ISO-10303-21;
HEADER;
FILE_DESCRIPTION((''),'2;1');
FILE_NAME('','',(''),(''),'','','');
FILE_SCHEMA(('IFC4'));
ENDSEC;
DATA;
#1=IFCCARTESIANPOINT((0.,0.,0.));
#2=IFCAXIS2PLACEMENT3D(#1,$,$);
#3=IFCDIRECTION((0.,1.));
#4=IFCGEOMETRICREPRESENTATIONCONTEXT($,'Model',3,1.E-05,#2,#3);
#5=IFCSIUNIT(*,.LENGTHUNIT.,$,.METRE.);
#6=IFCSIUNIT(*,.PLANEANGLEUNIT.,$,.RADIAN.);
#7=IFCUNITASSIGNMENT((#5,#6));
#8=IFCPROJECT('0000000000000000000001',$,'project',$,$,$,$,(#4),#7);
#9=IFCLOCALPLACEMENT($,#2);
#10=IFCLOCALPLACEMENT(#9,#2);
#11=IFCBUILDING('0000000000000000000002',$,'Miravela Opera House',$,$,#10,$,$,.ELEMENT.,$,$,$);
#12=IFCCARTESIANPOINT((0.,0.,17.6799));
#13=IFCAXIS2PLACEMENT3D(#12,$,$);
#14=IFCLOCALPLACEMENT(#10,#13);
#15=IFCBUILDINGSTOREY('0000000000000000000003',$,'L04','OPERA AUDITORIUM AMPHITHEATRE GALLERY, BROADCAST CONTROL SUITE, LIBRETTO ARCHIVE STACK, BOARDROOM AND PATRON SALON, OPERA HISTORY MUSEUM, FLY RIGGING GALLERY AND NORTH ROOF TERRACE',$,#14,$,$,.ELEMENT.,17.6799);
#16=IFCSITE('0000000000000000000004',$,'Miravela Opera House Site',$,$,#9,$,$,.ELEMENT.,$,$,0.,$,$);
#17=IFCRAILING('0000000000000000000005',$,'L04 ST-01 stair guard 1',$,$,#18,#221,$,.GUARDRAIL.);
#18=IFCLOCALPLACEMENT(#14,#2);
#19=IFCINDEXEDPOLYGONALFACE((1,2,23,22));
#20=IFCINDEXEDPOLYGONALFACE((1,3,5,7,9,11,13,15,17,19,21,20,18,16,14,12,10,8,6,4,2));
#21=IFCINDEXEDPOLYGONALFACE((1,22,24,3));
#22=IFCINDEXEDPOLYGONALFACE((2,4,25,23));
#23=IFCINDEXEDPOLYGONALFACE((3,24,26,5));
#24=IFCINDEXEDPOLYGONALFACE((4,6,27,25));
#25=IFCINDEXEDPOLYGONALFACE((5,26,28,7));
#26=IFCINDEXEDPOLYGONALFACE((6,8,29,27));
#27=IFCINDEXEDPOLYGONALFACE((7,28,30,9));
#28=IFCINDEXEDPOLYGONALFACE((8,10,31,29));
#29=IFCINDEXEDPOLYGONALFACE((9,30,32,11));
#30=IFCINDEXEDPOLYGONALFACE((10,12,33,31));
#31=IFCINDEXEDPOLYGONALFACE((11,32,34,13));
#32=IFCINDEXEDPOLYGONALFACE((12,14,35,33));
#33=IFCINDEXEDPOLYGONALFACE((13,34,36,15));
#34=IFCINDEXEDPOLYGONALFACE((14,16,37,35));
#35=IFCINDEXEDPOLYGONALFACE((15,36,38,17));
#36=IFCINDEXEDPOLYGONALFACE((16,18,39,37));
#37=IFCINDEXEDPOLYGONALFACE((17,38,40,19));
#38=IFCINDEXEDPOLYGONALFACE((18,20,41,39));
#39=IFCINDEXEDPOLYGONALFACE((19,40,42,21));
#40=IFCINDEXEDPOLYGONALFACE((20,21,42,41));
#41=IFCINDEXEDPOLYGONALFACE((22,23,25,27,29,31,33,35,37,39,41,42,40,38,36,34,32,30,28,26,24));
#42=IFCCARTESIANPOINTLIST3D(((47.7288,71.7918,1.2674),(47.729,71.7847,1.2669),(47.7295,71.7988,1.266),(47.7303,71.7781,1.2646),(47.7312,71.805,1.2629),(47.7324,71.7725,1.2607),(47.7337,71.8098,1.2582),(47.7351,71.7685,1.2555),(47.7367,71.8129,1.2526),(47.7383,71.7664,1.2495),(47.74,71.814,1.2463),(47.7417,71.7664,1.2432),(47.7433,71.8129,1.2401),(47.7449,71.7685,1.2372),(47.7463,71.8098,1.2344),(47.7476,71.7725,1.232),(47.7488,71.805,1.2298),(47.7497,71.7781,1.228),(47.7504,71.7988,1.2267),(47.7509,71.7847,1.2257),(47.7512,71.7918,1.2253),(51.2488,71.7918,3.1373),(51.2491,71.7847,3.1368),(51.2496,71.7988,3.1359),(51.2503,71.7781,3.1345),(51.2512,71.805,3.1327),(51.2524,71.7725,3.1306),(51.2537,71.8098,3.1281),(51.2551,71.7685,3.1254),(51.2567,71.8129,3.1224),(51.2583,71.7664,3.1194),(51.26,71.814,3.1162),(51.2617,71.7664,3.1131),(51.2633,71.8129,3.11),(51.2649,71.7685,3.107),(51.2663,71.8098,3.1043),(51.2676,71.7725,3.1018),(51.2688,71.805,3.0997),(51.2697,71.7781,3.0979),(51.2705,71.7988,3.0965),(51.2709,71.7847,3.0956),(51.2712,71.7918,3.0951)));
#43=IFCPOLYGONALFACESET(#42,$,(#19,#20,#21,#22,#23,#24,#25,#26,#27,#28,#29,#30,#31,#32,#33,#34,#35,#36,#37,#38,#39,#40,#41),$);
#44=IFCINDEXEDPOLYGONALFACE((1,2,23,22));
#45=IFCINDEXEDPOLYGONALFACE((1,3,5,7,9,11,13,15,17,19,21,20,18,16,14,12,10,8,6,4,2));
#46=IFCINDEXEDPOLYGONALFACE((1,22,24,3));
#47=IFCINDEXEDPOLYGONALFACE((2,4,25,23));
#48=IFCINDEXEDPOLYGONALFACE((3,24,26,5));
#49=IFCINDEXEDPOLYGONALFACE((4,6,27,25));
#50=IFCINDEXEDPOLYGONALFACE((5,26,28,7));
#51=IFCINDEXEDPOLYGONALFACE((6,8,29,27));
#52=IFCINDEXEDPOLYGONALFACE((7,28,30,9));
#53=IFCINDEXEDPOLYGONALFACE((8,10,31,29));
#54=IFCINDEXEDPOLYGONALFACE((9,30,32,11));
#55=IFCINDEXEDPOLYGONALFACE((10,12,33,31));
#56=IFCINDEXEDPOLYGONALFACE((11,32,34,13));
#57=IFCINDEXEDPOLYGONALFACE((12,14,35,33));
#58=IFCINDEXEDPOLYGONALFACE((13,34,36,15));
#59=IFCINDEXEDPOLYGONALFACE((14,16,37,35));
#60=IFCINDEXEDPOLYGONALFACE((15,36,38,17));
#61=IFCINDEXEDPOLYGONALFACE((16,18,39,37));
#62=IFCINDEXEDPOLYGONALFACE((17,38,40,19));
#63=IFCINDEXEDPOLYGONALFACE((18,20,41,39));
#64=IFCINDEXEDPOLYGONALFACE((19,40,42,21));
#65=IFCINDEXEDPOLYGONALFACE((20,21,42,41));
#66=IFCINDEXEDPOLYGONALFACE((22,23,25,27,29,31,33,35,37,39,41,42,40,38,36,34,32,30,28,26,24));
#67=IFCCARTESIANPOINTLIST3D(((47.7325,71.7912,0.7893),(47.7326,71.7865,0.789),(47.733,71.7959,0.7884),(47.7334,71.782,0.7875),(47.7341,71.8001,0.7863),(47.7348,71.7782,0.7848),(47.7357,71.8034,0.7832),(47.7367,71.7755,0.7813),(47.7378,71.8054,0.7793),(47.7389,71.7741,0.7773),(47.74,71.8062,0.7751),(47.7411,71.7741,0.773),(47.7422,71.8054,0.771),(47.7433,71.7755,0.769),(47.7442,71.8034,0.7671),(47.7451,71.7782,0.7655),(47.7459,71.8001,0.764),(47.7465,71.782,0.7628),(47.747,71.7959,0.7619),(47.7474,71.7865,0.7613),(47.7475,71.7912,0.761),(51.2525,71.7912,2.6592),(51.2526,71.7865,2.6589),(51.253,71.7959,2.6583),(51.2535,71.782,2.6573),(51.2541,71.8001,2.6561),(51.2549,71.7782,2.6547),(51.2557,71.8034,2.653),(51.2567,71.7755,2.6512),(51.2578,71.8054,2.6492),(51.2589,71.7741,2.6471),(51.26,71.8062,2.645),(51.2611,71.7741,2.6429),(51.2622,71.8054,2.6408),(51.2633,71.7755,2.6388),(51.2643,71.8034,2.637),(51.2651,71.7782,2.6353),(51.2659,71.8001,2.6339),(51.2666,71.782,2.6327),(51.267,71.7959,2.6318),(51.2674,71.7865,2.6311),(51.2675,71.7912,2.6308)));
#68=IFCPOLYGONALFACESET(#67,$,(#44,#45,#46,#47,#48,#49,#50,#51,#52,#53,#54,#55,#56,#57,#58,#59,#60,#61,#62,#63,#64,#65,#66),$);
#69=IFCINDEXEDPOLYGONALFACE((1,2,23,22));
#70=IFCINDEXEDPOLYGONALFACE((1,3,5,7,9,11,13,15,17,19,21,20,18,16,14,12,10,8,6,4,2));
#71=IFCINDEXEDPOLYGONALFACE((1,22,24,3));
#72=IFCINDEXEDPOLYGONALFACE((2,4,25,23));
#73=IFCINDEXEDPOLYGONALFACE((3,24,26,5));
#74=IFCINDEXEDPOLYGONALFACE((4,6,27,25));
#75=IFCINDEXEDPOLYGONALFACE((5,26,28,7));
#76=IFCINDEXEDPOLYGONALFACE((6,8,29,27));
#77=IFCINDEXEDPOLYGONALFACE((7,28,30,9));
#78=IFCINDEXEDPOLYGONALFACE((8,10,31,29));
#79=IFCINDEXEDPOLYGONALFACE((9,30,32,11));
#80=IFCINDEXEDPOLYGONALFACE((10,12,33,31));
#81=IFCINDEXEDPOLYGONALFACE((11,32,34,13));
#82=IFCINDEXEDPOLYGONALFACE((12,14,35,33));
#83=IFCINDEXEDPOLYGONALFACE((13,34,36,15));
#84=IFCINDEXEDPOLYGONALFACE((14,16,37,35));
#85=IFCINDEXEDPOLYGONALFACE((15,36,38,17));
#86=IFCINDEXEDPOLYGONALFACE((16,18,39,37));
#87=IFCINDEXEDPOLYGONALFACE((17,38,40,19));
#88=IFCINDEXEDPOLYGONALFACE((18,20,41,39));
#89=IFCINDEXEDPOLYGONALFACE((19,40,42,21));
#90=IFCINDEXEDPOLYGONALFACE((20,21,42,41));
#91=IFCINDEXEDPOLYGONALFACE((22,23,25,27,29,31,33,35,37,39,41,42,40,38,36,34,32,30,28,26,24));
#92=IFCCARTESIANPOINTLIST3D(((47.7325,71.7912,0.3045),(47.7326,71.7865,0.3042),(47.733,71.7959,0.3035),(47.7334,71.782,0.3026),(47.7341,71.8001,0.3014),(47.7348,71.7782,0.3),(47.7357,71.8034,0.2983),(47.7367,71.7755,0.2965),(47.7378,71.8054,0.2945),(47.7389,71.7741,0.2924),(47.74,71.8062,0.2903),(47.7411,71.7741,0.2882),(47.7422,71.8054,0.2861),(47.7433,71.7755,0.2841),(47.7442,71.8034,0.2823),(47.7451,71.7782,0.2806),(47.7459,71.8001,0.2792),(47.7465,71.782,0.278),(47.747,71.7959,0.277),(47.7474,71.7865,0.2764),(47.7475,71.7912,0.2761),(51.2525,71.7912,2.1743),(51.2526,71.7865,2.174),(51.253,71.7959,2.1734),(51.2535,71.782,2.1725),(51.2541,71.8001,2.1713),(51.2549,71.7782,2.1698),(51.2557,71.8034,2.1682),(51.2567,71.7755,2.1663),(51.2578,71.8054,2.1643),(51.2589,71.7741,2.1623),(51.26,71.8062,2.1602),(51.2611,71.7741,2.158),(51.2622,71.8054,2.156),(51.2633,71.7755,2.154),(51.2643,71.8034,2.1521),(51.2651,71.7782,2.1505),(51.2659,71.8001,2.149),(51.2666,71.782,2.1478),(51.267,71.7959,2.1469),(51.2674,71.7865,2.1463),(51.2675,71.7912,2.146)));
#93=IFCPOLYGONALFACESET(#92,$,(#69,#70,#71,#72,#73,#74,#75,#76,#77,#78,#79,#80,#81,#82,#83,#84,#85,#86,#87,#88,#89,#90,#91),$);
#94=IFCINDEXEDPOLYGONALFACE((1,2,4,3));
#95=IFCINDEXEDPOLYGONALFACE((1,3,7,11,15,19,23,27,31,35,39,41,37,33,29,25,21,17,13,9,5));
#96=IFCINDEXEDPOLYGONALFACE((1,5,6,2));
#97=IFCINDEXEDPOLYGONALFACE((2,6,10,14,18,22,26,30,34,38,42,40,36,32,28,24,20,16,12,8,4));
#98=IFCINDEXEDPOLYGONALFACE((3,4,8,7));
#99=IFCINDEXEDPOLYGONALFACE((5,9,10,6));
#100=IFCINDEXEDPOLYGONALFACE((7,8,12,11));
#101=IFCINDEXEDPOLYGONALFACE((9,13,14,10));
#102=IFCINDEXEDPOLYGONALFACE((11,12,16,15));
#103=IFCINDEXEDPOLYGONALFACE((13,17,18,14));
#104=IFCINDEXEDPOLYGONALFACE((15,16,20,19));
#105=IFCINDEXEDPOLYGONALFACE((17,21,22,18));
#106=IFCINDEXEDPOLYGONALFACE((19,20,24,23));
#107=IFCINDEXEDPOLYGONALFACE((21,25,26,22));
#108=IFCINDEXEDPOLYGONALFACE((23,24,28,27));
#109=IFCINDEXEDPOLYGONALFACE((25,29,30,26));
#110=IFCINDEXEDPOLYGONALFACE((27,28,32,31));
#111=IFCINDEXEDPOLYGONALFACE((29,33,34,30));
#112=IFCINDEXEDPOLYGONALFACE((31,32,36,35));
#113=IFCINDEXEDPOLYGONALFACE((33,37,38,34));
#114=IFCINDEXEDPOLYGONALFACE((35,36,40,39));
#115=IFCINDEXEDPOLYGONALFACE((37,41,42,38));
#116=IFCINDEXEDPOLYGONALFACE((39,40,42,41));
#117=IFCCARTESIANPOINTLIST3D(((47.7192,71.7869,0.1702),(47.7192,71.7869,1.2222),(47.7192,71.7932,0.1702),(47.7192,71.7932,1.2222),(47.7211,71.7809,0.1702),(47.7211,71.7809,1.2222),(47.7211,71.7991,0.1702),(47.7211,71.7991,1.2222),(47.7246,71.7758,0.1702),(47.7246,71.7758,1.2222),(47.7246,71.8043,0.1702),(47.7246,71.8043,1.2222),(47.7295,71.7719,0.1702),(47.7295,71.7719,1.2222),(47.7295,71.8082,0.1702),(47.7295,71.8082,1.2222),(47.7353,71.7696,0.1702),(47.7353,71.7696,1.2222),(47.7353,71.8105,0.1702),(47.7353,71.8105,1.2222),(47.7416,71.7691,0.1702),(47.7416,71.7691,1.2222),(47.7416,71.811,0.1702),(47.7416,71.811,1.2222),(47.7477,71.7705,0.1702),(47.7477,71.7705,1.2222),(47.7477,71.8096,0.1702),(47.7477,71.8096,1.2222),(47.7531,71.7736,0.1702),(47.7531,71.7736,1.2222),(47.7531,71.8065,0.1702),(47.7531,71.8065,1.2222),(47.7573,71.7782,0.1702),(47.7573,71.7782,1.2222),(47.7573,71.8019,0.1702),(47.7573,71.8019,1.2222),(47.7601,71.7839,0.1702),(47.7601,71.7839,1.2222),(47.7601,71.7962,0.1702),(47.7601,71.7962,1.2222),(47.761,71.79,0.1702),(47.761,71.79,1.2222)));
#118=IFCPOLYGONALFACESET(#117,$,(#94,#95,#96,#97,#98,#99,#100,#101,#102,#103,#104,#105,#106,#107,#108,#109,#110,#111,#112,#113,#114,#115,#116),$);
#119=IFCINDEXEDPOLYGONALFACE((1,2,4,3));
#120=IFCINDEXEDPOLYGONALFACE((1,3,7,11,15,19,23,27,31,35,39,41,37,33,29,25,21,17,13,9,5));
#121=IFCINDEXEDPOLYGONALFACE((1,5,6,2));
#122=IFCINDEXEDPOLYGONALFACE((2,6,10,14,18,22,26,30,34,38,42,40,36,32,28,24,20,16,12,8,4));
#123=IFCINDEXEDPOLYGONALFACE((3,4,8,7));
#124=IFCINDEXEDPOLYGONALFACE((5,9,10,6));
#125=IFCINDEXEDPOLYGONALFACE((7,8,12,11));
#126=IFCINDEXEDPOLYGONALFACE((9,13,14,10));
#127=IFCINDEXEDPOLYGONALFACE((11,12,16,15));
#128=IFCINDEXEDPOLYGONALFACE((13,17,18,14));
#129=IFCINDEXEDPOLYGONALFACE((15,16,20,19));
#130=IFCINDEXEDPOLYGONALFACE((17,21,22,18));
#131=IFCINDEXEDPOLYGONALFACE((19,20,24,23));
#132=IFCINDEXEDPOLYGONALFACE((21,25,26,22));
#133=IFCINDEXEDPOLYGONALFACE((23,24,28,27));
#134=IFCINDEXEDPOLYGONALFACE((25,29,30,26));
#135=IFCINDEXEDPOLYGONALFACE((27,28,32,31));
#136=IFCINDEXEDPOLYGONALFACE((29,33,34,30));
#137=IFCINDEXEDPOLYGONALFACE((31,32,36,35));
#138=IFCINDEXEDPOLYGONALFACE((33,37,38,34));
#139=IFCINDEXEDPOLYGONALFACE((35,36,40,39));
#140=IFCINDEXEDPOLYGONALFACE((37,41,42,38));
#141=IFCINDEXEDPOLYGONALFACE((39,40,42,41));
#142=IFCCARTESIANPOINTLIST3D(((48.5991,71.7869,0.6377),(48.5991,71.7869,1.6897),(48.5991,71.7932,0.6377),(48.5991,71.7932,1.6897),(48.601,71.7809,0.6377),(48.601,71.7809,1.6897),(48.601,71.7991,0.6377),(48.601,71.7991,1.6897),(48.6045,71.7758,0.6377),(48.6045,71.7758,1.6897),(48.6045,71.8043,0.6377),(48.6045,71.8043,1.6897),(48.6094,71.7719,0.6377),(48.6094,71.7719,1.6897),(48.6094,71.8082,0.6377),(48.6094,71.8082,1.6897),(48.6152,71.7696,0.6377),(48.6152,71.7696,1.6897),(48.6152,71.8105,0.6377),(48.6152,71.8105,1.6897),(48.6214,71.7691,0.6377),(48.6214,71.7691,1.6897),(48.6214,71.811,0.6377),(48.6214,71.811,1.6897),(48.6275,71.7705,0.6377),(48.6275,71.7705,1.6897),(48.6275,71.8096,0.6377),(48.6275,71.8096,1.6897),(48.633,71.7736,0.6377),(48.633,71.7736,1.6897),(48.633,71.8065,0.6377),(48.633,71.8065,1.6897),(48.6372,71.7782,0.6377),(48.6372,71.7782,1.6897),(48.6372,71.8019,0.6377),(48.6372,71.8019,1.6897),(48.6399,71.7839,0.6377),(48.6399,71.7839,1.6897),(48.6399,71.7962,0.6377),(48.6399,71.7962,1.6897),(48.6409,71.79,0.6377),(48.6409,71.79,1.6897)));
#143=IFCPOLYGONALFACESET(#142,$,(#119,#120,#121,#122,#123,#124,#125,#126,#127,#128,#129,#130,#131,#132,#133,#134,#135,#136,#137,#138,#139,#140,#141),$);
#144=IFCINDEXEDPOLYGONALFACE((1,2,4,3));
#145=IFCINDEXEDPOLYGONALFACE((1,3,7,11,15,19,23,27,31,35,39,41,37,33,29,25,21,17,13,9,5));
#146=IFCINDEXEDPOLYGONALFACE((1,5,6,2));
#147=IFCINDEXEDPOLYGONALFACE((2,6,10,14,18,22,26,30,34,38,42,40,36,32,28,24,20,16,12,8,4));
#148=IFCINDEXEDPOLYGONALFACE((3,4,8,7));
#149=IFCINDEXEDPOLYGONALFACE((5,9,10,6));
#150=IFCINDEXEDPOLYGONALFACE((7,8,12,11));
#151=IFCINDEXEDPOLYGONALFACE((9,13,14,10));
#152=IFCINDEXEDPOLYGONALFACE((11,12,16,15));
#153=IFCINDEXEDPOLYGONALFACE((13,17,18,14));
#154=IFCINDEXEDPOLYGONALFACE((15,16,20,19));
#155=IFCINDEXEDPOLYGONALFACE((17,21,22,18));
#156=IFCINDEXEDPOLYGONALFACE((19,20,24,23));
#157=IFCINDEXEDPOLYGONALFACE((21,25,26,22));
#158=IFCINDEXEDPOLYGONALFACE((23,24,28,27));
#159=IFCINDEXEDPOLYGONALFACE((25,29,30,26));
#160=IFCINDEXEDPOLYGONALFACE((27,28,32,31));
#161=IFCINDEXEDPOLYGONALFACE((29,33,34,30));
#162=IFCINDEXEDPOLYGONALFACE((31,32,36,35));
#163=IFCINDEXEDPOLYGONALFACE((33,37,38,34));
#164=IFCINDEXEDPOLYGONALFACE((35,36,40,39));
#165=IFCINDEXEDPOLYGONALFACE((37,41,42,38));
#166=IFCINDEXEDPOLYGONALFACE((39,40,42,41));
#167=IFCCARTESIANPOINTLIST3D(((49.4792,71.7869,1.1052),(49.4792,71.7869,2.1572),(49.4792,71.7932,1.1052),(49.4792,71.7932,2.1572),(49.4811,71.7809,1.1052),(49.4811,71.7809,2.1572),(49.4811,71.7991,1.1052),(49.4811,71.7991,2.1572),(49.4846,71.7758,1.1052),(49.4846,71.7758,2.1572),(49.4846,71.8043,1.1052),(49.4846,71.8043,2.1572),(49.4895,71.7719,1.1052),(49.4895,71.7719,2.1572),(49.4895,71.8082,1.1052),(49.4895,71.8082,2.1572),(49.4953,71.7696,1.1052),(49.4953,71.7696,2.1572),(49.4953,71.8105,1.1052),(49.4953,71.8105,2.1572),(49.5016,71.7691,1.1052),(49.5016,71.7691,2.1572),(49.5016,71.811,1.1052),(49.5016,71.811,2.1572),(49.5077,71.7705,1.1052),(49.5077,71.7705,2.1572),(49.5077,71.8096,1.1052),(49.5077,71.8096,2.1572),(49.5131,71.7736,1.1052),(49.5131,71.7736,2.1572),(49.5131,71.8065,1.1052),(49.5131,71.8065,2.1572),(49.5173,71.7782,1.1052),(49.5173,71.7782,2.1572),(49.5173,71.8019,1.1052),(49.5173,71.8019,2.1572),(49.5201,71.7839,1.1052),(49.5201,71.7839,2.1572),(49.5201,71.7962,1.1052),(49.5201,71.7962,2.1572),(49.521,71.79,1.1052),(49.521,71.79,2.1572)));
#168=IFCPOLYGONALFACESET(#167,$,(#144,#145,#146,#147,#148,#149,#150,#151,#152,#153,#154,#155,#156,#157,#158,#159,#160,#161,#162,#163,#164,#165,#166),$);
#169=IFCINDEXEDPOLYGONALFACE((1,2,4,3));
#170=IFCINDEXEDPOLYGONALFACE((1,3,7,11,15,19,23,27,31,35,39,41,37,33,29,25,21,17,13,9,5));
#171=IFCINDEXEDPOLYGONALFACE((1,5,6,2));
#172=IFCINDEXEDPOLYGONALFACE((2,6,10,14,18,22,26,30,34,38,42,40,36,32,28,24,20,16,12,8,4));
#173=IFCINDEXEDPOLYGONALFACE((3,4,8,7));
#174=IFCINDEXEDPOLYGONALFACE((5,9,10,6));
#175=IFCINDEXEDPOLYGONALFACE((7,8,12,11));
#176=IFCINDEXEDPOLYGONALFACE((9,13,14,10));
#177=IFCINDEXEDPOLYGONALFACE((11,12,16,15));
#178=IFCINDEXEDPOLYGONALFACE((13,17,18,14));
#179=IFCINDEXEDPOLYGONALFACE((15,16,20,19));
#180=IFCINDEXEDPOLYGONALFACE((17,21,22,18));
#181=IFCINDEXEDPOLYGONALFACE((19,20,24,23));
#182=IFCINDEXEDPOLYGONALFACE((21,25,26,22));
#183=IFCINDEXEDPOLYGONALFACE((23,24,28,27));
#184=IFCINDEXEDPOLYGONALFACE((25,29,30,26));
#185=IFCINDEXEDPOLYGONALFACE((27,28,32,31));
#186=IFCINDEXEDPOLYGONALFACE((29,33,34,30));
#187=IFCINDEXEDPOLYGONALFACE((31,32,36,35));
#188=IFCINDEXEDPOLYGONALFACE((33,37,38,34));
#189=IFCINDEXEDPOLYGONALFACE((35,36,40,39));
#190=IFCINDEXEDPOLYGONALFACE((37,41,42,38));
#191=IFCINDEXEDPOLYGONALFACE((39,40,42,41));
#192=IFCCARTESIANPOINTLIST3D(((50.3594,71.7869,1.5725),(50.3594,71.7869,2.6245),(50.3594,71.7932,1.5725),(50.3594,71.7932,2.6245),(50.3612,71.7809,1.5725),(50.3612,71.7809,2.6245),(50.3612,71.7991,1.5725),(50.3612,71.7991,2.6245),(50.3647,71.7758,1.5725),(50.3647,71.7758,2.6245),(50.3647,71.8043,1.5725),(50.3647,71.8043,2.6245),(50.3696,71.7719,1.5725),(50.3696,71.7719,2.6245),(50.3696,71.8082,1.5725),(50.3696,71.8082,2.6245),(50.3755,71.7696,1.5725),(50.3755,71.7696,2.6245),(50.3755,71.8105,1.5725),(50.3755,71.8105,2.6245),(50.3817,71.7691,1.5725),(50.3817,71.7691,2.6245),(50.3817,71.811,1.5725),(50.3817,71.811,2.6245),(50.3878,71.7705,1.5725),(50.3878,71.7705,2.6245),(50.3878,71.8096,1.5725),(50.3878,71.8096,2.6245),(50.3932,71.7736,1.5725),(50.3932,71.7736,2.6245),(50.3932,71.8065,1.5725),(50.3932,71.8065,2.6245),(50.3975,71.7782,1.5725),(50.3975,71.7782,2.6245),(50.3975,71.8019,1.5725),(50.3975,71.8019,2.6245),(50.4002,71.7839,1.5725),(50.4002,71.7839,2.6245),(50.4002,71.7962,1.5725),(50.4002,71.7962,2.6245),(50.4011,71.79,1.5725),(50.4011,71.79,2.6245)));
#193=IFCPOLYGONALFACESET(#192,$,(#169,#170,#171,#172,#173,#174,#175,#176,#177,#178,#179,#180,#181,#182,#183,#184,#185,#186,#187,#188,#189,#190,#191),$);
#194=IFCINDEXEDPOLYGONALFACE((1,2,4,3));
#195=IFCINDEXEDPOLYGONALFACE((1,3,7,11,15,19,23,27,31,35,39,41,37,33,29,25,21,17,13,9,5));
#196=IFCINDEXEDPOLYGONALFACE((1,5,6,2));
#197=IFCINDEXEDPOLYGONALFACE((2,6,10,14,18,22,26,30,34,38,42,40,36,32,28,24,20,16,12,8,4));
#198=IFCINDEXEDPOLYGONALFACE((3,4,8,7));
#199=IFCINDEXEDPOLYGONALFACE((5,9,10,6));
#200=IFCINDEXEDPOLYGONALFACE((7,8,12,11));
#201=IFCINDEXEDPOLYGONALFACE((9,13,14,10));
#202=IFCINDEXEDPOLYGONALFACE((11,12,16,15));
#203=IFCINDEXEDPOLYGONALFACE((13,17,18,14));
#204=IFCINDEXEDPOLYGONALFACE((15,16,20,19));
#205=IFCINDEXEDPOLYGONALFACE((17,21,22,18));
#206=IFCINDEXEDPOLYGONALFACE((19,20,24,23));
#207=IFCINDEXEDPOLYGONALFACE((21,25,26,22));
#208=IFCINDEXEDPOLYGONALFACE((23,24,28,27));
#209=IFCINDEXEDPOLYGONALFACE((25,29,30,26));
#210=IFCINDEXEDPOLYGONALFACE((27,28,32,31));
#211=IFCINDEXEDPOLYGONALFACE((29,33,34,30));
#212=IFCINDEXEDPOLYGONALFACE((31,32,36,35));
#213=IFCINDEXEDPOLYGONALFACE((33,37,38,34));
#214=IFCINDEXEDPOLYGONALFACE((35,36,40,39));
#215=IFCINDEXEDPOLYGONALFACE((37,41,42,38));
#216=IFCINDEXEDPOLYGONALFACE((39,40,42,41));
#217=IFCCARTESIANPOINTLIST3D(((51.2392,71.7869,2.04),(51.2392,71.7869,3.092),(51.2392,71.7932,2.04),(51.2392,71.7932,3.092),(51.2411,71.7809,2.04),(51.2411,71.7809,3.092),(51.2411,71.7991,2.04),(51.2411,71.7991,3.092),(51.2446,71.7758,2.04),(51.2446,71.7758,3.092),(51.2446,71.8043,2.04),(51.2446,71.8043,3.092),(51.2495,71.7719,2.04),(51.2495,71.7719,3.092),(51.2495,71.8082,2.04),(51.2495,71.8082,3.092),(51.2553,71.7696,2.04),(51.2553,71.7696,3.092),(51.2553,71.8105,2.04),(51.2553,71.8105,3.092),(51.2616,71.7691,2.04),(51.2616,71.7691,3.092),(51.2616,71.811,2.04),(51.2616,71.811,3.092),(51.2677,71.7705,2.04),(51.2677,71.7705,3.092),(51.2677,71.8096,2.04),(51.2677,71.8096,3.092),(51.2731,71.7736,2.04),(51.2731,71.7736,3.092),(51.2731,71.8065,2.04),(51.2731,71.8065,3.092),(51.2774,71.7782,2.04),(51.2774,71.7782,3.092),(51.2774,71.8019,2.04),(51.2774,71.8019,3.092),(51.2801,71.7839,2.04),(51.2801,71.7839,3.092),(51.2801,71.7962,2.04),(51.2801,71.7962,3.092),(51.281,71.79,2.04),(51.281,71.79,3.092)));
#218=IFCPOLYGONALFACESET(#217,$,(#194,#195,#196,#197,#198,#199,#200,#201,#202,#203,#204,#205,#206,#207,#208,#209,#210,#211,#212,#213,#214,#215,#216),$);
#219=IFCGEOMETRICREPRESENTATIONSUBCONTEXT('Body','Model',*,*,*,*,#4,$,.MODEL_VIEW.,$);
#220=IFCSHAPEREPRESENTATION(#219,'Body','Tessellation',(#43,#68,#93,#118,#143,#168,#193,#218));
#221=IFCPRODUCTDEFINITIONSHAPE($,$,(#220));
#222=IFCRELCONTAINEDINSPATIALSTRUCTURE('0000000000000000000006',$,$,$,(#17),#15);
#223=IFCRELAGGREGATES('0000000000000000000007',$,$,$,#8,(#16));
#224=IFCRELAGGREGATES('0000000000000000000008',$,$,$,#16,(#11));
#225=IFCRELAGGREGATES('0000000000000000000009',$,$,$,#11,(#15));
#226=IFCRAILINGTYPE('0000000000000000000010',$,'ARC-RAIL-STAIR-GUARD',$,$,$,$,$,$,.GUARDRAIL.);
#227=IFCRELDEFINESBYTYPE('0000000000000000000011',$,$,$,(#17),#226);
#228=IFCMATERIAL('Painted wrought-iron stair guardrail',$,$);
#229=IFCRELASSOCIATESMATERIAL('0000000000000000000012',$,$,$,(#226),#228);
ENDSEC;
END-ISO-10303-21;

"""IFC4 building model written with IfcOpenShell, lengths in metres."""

from ifc_helpers import new_model, si_unit, direction, frame, origin, origin_2d, place, context, subcontext, project, spatial, circle, extrude, material, type_object, element, save


model = new_model("IFC4")

# Units and contexts
model_context = context("Model", 3, precision=1e-05, world=origin(), true_north=direction((0.0, 1.0)))
body_context = subcontext(model_context, "Body", "Model", "MODEL_VIEW")
ifc_project = project(units=[si_unit("LENGTHUNIT", "METRE"), si_unit("PLANEANGLEUNIT", "RADIAN")], contexts=[model_context])

# Site, building, storey
site_placement = place(None, origin())
site = spatial("IfcSite", under=ifc_project, at=site_placement, Name="Miravela Opera House Site", CompositionType="ELEMENT", RefElevation=0.0)
building_placement = place(site_placement, origin())
building = spatial("IfcBuilding", under=site, at=building_placement, Name="Miravela Opera House", CompositionType="ELEMENT")
storey_placement = place(building_placement, frame((0.0, 0.0, 17.6799)))
storey = spatial("IfcBuildingStorey", under=building, at=storey_placement, Name="L04", Description="OPERA AUDITORIUM AMPHITHEATRE GALLERY, BROADCAST CONTROL SUITE, LIBRETTO ARCHIVE STACK, BOARDROOM AND PATRON SALON, OPERA HISTORY MUSEUM, FLY RIGGING GALLERY AND NORTH ROOF TERRACE", CompositionType="ELEMENT", Elevation=17.6799)

# Railing
ifc_material_1 = material(Name="Painted wrought-iron stair guardrail")
railing_type = type_object("IfcRailingType", Name="ARC-RAIL-STAIR-GUARD", PredefinedType="GUARDRAIL", material=ifc_material_1)
railing_1_placement = place(storey_placement, frame((47.74, 71.79, 0.1702)))
element("IfcRailing", 1, at=railing_1_placement, inside=storey, type_object=railing_type, Name="L04 ST-01 stair guard 1", PredefinedType="GUARDRAIL", context=body_context, shape_type="SweptSolid", body=[
    extrude(circle(Radius=0.0239, at=origin_2d()), frame((0.0, 0.0, 1.0762), z_axis=(0.88313, 0.0, 0.469128), x_axis=(0.0, 1.0, 0.0)), (0.0, 0.0, 1.0), 3.9858),
    extrude(circle(Radius=0.0161, at=origin_2d()), frame((0.0, 0.0, 0.605), z_axis=(0.88313, 0.0, 0.469128), x_axis=(0.0, 1.0, 0.0)), (0.0, 0.0, 1.0), 3.9858),
    extrude(circle(Radius=0.0161, at=origin_2d()), frame((0.0, 0.0, 0.1201), z_axis=(0.88313, 0.0, 0.469128), x_axis=(0.0, 1.0, 0.0)), (0.0, 0.0, 1.0), 3.9858),
    extrude(circle(Radius=0.021, at=origin_2d()), origin(), (0.0, 0.0, 1.0), 1.052),
    extrude(circle(Radius=0.021, at=origin_2d()), frame((0.8799, 0.0, 0.4675)), (0.0, 0.0, 1.0), 1.052),
    extrude(circle(Radius=0.021, at=origin_2d()), frame((1.76, 0.0, 0.9351)), (0.0, 0.0, 1.0), 1.052),
    extrude(circle(Radius=0.021, at=origin_2d()), frame((2.6401, 0.0, 1.4023)), (0.0, 0.0, 1.0), 1.052),
    extrude(circle(Radius=0.021, at=origin_2d()), frame((3.52, 0.0, 1.8699)), (0.0, 0.0, 1.0), 1.052),
])

save(model, "model.ifc")
